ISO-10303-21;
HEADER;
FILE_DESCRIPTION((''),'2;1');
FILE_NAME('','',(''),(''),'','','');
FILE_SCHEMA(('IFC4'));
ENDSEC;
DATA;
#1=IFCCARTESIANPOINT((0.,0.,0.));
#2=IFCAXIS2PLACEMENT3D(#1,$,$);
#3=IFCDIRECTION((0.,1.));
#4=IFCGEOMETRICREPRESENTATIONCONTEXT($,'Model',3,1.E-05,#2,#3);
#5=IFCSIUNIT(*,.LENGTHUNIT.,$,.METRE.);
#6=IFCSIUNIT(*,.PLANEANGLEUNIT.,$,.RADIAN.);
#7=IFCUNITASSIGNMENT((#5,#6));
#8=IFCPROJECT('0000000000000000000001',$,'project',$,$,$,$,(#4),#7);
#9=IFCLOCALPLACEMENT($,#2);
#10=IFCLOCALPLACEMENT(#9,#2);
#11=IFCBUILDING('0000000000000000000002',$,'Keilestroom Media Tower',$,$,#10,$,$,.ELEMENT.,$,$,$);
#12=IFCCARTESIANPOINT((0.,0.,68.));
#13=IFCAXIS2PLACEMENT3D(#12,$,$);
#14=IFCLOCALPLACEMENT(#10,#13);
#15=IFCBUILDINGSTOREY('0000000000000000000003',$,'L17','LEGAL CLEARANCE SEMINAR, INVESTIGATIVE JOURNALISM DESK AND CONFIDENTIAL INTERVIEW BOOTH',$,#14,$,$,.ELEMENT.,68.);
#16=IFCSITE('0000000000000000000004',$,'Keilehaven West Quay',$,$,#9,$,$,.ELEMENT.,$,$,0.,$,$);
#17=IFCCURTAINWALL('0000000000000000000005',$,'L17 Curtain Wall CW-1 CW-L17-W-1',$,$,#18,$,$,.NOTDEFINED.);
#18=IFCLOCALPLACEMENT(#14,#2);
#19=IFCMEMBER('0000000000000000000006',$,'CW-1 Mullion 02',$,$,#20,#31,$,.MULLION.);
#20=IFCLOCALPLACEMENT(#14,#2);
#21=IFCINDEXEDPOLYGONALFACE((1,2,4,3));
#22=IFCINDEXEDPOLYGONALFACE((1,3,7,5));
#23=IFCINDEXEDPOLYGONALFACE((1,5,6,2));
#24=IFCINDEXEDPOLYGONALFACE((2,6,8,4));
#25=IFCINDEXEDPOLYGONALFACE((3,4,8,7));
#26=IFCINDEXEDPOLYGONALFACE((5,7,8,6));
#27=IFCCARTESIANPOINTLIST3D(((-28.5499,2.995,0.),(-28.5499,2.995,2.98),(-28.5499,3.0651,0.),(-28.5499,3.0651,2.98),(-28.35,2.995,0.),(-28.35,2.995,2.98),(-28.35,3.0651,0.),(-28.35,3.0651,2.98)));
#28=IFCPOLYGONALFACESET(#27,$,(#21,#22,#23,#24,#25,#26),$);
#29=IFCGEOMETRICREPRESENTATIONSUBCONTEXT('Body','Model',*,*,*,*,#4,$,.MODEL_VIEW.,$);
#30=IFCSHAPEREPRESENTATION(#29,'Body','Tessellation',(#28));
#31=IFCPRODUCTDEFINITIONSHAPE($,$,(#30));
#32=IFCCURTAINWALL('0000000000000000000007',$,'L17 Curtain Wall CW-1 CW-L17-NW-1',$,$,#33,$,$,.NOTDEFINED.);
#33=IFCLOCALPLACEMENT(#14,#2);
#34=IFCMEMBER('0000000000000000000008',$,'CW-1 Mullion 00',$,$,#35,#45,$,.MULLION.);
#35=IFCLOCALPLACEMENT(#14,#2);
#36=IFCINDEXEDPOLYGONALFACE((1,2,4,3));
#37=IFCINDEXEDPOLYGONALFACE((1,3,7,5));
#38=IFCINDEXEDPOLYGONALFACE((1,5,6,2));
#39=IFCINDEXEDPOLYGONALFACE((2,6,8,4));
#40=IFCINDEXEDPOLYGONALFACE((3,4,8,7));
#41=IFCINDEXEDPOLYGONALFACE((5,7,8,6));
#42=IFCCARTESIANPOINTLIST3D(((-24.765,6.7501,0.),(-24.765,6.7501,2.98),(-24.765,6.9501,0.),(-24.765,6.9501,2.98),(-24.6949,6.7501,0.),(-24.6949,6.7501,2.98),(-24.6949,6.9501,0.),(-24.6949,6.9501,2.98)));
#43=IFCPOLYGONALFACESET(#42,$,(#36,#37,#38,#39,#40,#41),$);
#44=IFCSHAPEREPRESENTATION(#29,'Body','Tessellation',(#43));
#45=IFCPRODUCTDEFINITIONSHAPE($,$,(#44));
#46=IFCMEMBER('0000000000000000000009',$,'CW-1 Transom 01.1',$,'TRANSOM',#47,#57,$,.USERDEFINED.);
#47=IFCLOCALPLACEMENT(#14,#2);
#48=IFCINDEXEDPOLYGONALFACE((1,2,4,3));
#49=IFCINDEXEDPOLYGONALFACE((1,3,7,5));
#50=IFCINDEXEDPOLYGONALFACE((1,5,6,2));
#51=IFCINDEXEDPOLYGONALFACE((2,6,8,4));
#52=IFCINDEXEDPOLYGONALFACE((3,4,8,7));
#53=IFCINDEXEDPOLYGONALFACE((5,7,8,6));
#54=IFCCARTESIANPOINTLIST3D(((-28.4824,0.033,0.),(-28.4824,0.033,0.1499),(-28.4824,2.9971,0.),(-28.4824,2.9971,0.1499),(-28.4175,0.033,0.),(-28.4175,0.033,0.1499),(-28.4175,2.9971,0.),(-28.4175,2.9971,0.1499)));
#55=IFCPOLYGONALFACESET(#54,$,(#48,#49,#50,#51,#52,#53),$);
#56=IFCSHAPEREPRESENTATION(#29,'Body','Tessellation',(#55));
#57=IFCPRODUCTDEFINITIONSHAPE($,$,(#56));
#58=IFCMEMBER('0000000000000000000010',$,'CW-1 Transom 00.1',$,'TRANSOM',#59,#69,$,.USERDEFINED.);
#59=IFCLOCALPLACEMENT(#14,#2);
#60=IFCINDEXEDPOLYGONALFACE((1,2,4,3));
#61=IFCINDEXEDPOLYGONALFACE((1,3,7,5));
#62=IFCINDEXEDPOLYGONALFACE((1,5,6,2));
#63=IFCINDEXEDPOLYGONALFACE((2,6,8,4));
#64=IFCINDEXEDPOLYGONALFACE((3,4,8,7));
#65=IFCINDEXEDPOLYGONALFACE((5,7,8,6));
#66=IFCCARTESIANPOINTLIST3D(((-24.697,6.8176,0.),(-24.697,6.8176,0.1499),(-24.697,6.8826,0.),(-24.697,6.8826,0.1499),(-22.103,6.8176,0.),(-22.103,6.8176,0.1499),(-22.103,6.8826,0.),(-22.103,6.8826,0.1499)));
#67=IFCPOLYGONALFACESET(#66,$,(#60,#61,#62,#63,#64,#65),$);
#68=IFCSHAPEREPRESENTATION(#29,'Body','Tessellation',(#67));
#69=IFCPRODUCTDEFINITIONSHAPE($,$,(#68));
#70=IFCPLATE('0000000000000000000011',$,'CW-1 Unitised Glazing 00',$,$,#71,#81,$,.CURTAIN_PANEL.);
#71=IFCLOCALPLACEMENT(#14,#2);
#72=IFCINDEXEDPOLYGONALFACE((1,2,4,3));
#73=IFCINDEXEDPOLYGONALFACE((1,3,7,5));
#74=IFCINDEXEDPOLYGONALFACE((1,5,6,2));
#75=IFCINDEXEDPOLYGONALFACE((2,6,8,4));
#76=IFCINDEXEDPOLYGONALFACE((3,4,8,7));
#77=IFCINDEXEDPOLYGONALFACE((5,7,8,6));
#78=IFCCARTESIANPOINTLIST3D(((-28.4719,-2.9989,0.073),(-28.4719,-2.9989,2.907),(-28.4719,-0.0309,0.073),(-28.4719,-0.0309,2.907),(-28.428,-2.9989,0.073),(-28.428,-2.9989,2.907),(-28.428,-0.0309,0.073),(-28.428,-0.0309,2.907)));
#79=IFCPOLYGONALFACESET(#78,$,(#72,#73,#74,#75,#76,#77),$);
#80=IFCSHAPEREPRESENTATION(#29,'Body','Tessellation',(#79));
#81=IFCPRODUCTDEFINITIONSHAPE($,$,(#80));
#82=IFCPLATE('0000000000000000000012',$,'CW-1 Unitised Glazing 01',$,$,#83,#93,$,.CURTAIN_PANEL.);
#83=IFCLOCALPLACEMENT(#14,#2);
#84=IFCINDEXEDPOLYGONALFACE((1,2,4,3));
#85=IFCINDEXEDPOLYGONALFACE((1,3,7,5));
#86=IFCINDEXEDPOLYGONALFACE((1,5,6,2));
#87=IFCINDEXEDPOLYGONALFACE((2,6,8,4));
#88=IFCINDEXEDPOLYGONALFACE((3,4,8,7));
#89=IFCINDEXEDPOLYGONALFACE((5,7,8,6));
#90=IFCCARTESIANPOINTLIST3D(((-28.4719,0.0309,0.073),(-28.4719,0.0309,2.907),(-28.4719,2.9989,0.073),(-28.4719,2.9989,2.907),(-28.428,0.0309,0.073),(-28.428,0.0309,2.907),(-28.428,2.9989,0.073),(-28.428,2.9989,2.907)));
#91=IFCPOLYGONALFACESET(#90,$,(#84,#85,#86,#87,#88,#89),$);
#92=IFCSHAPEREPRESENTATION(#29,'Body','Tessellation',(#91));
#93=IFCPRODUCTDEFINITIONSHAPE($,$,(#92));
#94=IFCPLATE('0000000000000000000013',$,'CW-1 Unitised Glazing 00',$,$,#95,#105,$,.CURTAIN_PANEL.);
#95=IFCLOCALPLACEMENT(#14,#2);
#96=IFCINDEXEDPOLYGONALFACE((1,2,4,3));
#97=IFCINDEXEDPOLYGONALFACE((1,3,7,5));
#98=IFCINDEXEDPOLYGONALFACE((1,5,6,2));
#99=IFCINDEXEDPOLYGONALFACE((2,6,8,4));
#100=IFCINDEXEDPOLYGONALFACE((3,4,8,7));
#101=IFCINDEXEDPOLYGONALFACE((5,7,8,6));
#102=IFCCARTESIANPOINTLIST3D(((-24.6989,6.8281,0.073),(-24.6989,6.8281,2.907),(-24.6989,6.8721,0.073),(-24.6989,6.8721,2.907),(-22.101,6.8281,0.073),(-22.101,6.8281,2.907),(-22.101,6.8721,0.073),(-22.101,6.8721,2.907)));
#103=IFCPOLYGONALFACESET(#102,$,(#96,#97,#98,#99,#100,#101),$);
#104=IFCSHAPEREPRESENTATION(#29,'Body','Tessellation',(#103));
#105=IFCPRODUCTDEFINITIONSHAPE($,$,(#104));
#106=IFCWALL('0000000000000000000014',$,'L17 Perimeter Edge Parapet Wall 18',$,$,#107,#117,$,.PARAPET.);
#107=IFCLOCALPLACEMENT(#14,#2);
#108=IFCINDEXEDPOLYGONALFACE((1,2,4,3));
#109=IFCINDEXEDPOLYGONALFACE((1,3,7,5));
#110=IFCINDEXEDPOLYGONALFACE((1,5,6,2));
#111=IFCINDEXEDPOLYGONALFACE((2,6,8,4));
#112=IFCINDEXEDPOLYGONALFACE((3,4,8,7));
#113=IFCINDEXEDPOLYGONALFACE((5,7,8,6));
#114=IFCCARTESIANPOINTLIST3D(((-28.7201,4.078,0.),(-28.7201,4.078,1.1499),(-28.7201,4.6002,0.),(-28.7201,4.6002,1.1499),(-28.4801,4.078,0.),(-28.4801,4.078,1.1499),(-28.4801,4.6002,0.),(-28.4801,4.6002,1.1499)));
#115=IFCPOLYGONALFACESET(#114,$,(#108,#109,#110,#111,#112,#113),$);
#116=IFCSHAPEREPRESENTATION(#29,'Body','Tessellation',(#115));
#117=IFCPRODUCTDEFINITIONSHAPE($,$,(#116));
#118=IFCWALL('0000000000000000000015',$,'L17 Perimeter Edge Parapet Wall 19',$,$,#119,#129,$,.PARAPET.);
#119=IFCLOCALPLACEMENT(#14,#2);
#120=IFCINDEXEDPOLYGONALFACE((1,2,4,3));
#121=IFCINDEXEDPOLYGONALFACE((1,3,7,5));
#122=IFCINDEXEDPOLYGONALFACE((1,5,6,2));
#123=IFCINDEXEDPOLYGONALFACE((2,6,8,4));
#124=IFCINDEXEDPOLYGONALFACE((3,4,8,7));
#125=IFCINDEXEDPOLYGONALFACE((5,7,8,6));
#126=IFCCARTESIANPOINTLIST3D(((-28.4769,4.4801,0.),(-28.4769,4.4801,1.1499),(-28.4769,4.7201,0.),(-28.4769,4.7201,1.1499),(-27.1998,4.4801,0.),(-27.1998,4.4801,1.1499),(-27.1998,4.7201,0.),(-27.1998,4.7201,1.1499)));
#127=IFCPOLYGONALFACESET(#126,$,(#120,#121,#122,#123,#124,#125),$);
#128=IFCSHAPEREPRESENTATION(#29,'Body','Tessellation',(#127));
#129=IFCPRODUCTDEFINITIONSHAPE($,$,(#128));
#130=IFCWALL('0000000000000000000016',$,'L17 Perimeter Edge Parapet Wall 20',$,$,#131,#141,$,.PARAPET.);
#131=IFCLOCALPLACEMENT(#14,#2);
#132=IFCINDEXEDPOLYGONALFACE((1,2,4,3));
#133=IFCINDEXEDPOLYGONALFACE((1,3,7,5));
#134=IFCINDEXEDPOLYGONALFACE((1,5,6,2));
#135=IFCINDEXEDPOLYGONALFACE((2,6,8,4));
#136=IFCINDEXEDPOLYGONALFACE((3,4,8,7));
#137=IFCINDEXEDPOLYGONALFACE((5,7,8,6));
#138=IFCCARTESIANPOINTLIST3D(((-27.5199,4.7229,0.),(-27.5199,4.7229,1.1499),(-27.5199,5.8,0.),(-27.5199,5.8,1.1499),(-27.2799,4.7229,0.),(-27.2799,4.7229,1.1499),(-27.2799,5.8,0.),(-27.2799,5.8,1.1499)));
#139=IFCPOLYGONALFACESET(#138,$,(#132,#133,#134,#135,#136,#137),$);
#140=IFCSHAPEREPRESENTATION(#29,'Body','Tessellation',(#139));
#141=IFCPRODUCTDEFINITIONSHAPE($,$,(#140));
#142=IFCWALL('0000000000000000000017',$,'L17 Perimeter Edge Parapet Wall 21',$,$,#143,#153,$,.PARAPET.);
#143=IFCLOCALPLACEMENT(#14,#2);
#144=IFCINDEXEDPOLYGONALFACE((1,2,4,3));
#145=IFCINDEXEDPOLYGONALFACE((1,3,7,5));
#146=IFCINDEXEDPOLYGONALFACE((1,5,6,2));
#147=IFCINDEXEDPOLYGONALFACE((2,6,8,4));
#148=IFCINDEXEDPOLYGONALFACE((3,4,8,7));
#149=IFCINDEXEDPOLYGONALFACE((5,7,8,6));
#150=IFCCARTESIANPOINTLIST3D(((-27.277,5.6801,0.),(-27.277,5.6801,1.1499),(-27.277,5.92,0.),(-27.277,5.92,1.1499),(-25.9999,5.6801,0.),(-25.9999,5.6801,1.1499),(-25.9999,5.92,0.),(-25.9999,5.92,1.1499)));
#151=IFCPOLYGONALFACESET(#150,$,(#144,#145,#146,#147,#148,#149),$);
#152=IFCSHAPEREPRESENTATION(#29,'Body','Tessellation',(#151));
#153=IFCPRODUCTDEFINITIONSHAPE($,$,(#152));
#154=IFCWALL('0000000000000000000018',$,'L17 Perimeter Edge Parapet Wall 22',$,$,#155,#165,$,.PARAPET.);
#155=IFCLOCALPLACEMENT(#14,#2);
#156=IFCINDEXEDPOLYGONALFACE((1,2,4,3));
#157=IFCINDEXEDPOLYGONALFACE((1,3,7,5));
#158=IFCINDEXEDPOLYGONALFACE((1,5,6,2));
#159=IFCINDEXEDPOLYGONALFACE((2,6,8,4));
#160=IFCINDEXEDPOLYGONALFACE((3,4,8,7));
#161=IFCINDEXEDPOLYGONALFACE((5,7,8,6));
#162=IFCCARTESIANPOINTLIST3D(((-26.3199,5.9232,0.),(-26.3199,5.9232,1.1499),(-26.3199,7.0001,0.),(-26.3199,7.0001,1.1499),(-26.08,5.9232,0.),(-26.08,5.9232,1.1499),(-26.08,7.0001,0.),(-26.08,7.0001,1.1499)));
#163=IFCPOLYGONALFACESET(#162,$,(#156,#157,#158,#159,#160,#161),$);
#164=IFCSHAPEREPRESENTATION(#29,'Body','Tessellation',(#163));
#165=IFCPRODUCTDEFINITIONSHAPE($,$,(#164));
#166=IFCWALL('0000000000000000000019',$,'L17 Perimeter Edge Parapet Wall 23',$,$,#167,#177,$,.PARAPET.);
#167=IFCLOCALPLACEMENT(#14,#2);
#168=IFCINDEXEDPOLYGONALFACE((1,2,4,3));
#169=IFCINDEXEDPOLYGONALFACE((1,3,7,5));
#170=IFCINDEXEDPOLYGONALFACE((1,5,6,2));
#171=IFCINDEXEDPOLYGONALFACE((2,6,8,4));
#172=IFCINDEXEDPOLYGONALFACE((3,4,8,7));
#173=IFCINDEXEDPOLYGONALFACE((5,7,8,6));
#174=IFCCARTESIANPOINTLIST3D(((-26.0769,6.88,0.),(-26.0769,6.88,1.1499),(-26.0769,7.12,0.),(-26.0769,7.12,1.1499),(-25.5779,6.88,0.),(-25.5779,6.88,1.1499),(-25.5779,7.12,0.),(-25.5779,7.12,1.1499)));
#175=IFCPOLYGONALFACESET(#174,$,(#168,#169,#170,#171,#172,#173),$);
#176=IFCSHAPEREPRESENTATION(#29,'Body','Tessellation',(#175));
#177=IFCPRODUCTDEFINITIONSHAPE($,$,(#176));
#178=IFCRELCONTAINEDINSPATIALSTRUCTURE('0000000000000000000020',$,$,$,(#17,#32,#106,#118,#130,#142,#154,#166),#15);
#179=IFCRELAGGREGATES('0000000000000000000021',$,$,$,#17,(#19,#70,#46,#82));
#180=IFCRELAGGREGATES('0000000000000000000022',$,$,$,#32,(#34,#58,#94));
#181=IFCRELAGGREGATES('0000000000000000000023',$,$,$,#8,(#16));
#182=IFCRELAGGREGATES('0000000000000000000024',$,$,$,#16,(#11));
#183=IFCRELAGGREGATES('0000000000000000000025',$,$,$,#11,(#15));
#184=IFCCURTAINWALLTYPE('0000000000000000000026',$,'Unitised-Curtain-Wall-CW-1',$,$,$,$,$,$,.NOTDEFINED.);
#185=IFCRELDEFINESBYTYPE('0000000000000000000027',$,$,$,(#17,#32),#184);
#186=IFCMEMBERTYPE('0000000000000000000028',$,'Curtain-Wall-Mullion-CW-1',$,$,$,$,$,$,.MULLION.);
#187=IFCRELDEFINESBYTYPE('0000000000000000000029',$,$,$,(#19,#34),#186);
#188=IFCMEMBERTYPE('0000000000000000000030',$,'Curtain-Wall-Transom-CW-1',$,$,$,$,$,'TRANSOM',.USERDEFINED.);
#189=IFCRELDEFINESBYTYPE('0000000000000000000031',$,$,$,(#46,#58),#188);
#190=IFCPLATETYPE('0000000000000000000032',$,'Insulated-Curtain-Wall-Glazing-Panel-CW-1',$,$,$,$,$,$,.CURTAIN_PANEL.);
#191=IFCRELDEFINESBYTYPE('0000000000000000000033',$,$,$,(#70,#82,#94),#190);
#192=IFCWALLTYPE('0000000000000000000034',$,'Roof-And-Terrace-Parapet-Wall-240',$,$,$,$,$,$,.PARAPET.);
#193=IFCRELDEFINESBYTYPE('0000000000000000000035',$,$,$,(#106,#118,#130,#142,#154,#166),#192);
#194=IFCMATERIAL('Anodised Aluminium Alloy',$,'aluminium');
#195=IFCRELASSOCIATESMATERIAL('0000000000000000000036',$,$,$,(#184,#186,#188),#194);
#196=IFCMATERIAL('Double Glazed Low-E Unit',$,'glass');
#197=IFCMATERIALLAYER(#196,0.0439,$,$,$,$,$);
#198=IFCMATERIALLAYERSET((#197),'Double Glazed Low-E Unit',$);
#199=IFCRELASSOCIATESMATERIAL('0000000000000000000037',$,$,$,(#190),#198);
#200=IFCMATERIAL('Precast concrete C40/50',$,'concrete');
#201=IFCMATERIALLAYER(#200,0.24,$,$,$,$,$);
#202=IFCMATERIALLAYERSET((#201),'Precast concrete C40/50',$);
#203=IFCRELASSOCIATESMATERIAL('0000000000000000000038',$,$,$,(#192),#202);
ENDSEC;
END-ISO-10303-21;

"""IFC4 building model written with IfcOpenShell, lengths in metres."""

from ifc_helpers import new_model, si_unit, direction, frame, frame_2d, origin, origin_2d, place, context, subcontext, project, spatial, rectangle, extrude, source, transform, mapped, material, layer, layer_set, material_profile, profile_set, type_object, element, aggregate, save


model = new_model("IFC4")

# Units and contexts
model_context = context("Model", 3, precision=1e-05, world=origin(), true_north=direction((0.0, 1.0)))
body_context = subcontext(model_context, "Body", "Model", "MODEL_VIEW")
ifc_project = project(units=[si_unit("LENGTHUNIT", "METRE"), si_unit("PLANEANGLEUNIT", "RADIAN")], contexts=[model_context])

# Site, building, storey
site_placement = place(None, origin())
site = spatial("IfcSite", under=ifc_project, at=site_placement, Name="Keilehaven West Quay", CompositionType="ELEMENT", RefElevation=0.0)
building_placement = place(site_placement, origin())
building = spatial("IfcBuilding", under=site, at=building_placement, Name="Keilestroom Media Tower", CompositionType="ELEMENT")
storey_placement = place(building_placement, frame((0.0, 0.0, 68.0)))
storey = spatial("IfcBuildingStorey", under=building, at=storey_placement, Name="L17", Description="LEGAL CLEARANCE SEMINAR, INVESTIGATIVE JOURNALISM DESK AND CONFIDENTIAL INTERVIEW BOOTH", CompositionType="ELEMENT", Elevation=68.0)

# Shared definitions
ifc_material_1 = material(Name="Precast concrete C40/50", Category="concrete")

# Curtain wall, member
ifc_material_2 = material(Name="Anodised Aluminium Alloy", Category="aluminium")
curtain_wall_type = type_object("IfcCurtainWallType", Name="Unitised-Curtain-Wall-CW-1", PredefinedType="NOTDEFINED", material=ifc_material_2)
curtain_wall_1_placement = place(storey_placement, origin())
curtain_wall_1 = element("IfcCurtainWall", 1, at=curtain_wall_1_placement, inside=storey, type_object=curtain_wall_type, Name="L17 Curtain Wall CW-1 CW-L17-W-1", PredefinedType="NOTDEFINED")
ifc_material_profile_1 = material_profile(ifc_material_2, rectangle(XDim=0.0701, YDim=0.2, at=origin_2d()), Name="ALU MULLION 70x200")
ifc_profile_set_1 = profile_set([ifc_material_profile_1], Name="Anodised Aluminium Alloy")
member_type_1 = type_object("IfcMemberType", Name="Curtain-Wall-Mullion-CW-1", PredefinedType="MULLION", material=ifc_profile_set_1)
shared_shape_1 = source(origin(), body_context, "Body", "SweptSolid", [
    extrude(rectangle(XDim=0.0701, YDim=0.2, at=origin_2d()), origin(), (0.0, 0.0, 1.0), 2.98),
])
member_1_placement = place(storey_placement, frame((-28.45, 3.03, 0.0), z_axis=(0.0, 0.0, 1.0), x_axis=(0.0, 1.0, 0.0)))
member_1 = element("IfcMember", 2, at=member_1_placement, type_object=member_type_1, Name="CW-1 Mullion 02", PredefinedType="MULLION", context=body_context, shape_type="MappedRepresentation", body=[
    mapped(shared_shape_1, transform((0.0, 0.0, 0.0), x_axis=(1.0, 0.0, 0.0), y_axis=(0.0, 1.0, 0.0), z_axis=(0.0, 0.0, 1.0), scale=1.0)),
])

# Curtain wall, member
curtain_wall_2_placement = place(storey_placement, origin())
curtain_wall_2 = element("IfcCurtainWall", 3, at=curtain_wall_2_placement, inside=storey, type_object=curtain_wall_type, Name="L17 Curtain Wall CW-1 CW-L17-NW-1", PredefinedType="NOTDEFINED")
member_2_placement = place(storey_placement, frame((-24.73, 6.8501, 0.0), z_axis=(0.0, 0.0, 1.0), x_axis=(1.0, 0.0, 0.0)))
member_2 = element("IfcMember", 4, at=member_2_placement, type_object=member_type_1, Name="CW-1 Mullion 00", PredefinedType="MULLION", context=body_context, shape_type="MappedRepresentation", body=[
    mapped(shared_shape_1, transform((0.0, 0.0, 0.0), x_axis=(1.0, 0.0, 0.0), y_axis=(0.0, 1.0, 0.0), z_axis=(0.0, 0.0, 1.0), scale=1.0)),
])

# Members
ifc_material_profile_2 = material_profile(ifc_material_2, rectangle(XDim=0.0649, YDim=0.1499, at=origin_2d()), Name="ALU TRANSOM 65x150")
ifc_profile_set_2 = profile_set([ifc_material_profile_2], Name="Anodised Aluminium Alloy")
member_type_2 = type_object("IfcMemberType", Name="Curtain-Wall-Transom-CW-1", ElementType="TRANSOM", PredefinedType="USERDEFINED", material=ifc_profile_set_2)
shared_shape_2 = source(origin(), body_context, "Body", "SweptSolid", [
    extrude(rectangle(XDim=0.0649, YDim=0.1499, at=origin_2d()), origin(), (0.0, 0.0, 1.0), 2.9641),
])
member_3_placement = place(storey_placement, frame((-28.45, 0.033, 0.075), z_axis=(0.0, 1.0, 0.0), x_axis=(-1.0, 0.0, 0.0)))
member_3 = element("IfcMember", 5, at=member_3_placement, type_object=member_type_2, Name="CW-1 Transom 01.1", ObjectType="TRANSOM", PredefinedType="USERDEFINED", context=body_context, shape_type="MappedRepresentation", body=[
    mapped(shared_shape_2, transform((0.0, 0.0, 0.0), x_axis=(1.0, 0.0, 0.0), y_axis=(0.0, 1.0, 0.0), z_axis=(0.0, 0.0, 1.0), scale=1.0)),
])
shared_shape_3 = source(origin(), body_context, "Body", "SweptSolid", [
    extrude(rectangle(XDim=0.0649, YDim=0.1499, at=origin_2d()), origin(), (0.0, 0.0, 1.0), 2.594),
])
member_4_placement = place(storey_placement, frame((-24.697, 6.8501, 0.075), z_axis=(1.0, 0.0, 0.0), x_axis=(0.0, 1.0, 0.0)))
member_4 = element("IfcMember", 6, at=member_4_placement, type_object=member_type_2, Name="CW-1 Transom 00.1", ObjectType="TRANSOM", PredefinedType="USERDEFINED", context=body_context, shape_type="MappedRepresentation", body=[
    mapped(shared_shape_3, transform((0.0, 0.0, 0.0), x_axis=(1.0, 0.0, 0.0), y_axis=(0.0, 1.0, 0.0), z_axis=(0.0, 0.0, 1.0), scale=1.0)),
])

# Plates
ifc_material_3 = material(Name="Double Glazed Low-E Unit", Category="glass")
ifc_layer_1 = layer(ifc_material_3, 0.0439)
ifc_layer_set_1 = layer_set([ifc_layer_1], Name="Double Glazed Low-E Unit")
plate_type = type_object("IfcPlateType", Name="Insulated-Curtain-Wall-Glazing-Panel-CW-1", PredefinedType="CURTAIN_PANEL", material=ifc_layer_set_1)
shared_shape_4 = source(origin(), body_context, "Body", "SweptSolid", [
    extrude(rectangle(XDim=2.968, YDim=0.0439, at=origin_2d()), origin(), (0.0, 0.0, 1.0), 2.834),
])
plate_1_placement = place(storey_placement, frame((-28.45, -1.5149, 0.073), z_axis=(0.0, 0.0, 1.0), x_axis=(0.0, 1.0, 0.0)))
plate_1 = element("IfcPlate", 7, at=plate_1_placement, type_object=plate_type, Name="CW-1 Unitised Glazing 00", PredefinedType="CURTAIN_PANEL", context=body_context, shape_type="MappedRepresentation", body=[
    mapped(shared_shape_4, transform((0.0, 0.0, 0.0), x_axis=(1.0, 0.0, 0.0), y_axis=(0.0, 1.0, 0.0), z_axis=(0.0, 0.0, 1.0), scale=1.0)),
])
plate_2_placement = place(storey_placement, frame((-28.45, 1.5149, 0.073), z_axis=(0.0, 0.0, 1.0), x_axis=(0.0, 1.0, 0.0)))
plate_2 = element("IfcPlate", 8, at=plate_2_placement, type_object=plate_type, Name="CW-1 Unitised Glazing 01", PredefinedType="CURTAIN_PANEL", context=body_context, shape_type="MappedRepresentation", body=[
    mapped(shared_shape_4, transform((0.0, 0.0, 0.0), x_axis=(1.0, 0.0, 0.0), y_axis=(0.0, 1.0, 0.0), z_axis=(0.0, 0.0, 1.0), scale=1.0)),
])
aggregate(curtain_wall_1, [member_1, plate_1, member_3, plate_2])
shared_shape_5 = source(origin(), body_context, "Body", "SweptSolid", [
    extrude(rectangle(XDim=2.5979, YDim=0.0439, at=origin_2d()), origin(), (0.0, 0.0, 1.0), 2.834),
])
plate_3_placement = place(storey_placement, frame((-23.3999, 6.8501, 0.073), z_axis=(0.0, 0.0, 1.0), x_axis=(1.0, 0.0, 0.0)))
plate_3 = element("IfcPlate", 9, at=plate_3_placement, type_object=plate_type, Name="CW-1 Unitised Glazing 00", PredefinedType="CURTAIN_PANEL", context=body_context, shape_type="MappedRepresentation", body=[
    mapped(shared_shape_5, transform((0.0, 0.0, 0.0), x_axis=(1.0, 0.0, 0.0), y_axis=(0.0, 1.0, 0.0), z_axis=(0.0, 0.0, 1.0), scale=1.0)),
])
aggregate(curtain_wall_2, [member_2, member_4, plate_3])

# Walls
ifc_layer_2 = layer(ifc_material_1, 0.24)
ifc_layer_set_2 = layer_set([ifc_layer_2], Name="Precast concrete C40/50")
wall_type = type_object("IfcWallType", Name="Roof-And-Terrace-Parapet-Wall-240", PredefinedType="PARAPET", material=ifc_layer_set_2)
wall_1_placement = place(storey_placement, frame((-28.6001, 4.0779, 0.0), z_axis=(0.0, 0.0, 1.0), x_axis=(0.0, 1.0, 0.0)))
element("IfcWall", 10, at=wall_1_placement, inside=storey, type_object=wall_type, Name="L17 Perimeter Edge Parapet Wall 18", PredefinedType="PARAPET", context=body_context, shape_type="SweptSolid", body=[
    extrude(rectangle(XDim=0.5222, YDim=0.24, at=frame_2d((0.2612, 0.0))), origin(), (0.0, 0.0, 1.0), 1.1499),
])
wall_2_placement = place(storey_placement, frame((-28.4771, 4.6001, 0.0), z_axis=(0.0, 0.0, 1.0), x_axis=(1.0, 0.0, 0.0)))
element("IfcWall", 11, at=wall_2_placement, inside=storey, type_object=wall_type, Name="L17 Perimeter Edge Parapet Wall 19", PredefinedType="PARAPET", context=body_context, shape_type="SweptSolid", body=[
    extrude(rectangle(XDim=1.2771, YDim=0.24, at=frame_2d((0.6387, 0.0))), origin(), (0.0, 0.0, 1.0), 1.1499),
])
wall_3_placement = place(storey_placement, frame((-27.3999, 4.7229, 0.0), z_axis=(0.0, 0.0, 1.0), x_axis=(0.0, 1.0, 0.0)))
element("IfcWall", 12, at=wall_3_placement, inside=storey, type_object=wall_type, Name="L17 Perimeter Edge Parapet Wall 20", PredefinedType="PARAPET", context=body_context, shape_type="SweptSolid", body=[
    extrude(rectangle(XDim=1.0771, YDim=0.24, at=frame_2d((0.5386, 0.0))), origin(), (0.0, 0.0, 1.0), 1.1499),
])
wall_4_placement = place(storey_placement, frame((-27.2771, 5.8, 0.0), z_axis=(0.0, 0.0, 1.0), x_axis=(1.0, 0.0, 0.0)))
element("IfcWall", 13, at=wall_4_placement, inside=storey, type_object=wall_type, Name="L17 Perimeter Edge Parapet Wall 21", PredefinedType="PARAPET", context=body_context, shape_type="SweptSolid", body=[
    extrude(rectangle(XDim=1.2771, YDim=0.24, at=frame_2d((0.6387, 0.0))), origin(), (0.0, 0.0, 1.0), 1.1499),
])
wall_5_placement = place(storey_placement, frame((-26.2, 5.9231, 0.0), z_axis=(0.0, 0.0, 1.0), x_axis=(0.0, 1.0, 0.0)))
element("IfcWall", 14, at=wall_5_placement, inside=storey, type_object=wall_type, Name="L17 Perimeter Edge Parapet Wall 22", PredefinedType="PARAPET", context=body_context, shape_type="SweptSolid", body=[
    extrude(rectangle(XDim=1.0769, YDim=0.24, at=frame_2d((0.5386, 0.0))), origin(), (0.0, 0.0, 1.0), 1.1499),
])
wall_6_placement = place(storey_placement, frame((-26.0769, 7.0, 0.0), z_axis=(0.0, 0.0, 1.0), x_axis=(1.0, 0.0, 0.0)))
element("IfcWall", 15, at=wall_6_placement, inside=storey, type_object=wall_type, Name="L17 Perimeter Edge Parapet Wall 23", PredefinedType="PARAPET", context=body_context, shape_type="SweptSolid", body=[
    extrude(rectangle(XDim=0.499, YDim=0.24, at=frame_2d((0.2495, 0.0))), origin(), (0.0, 0.0, 1.0), 1.1499),
])

save(model, "model.ifc")
